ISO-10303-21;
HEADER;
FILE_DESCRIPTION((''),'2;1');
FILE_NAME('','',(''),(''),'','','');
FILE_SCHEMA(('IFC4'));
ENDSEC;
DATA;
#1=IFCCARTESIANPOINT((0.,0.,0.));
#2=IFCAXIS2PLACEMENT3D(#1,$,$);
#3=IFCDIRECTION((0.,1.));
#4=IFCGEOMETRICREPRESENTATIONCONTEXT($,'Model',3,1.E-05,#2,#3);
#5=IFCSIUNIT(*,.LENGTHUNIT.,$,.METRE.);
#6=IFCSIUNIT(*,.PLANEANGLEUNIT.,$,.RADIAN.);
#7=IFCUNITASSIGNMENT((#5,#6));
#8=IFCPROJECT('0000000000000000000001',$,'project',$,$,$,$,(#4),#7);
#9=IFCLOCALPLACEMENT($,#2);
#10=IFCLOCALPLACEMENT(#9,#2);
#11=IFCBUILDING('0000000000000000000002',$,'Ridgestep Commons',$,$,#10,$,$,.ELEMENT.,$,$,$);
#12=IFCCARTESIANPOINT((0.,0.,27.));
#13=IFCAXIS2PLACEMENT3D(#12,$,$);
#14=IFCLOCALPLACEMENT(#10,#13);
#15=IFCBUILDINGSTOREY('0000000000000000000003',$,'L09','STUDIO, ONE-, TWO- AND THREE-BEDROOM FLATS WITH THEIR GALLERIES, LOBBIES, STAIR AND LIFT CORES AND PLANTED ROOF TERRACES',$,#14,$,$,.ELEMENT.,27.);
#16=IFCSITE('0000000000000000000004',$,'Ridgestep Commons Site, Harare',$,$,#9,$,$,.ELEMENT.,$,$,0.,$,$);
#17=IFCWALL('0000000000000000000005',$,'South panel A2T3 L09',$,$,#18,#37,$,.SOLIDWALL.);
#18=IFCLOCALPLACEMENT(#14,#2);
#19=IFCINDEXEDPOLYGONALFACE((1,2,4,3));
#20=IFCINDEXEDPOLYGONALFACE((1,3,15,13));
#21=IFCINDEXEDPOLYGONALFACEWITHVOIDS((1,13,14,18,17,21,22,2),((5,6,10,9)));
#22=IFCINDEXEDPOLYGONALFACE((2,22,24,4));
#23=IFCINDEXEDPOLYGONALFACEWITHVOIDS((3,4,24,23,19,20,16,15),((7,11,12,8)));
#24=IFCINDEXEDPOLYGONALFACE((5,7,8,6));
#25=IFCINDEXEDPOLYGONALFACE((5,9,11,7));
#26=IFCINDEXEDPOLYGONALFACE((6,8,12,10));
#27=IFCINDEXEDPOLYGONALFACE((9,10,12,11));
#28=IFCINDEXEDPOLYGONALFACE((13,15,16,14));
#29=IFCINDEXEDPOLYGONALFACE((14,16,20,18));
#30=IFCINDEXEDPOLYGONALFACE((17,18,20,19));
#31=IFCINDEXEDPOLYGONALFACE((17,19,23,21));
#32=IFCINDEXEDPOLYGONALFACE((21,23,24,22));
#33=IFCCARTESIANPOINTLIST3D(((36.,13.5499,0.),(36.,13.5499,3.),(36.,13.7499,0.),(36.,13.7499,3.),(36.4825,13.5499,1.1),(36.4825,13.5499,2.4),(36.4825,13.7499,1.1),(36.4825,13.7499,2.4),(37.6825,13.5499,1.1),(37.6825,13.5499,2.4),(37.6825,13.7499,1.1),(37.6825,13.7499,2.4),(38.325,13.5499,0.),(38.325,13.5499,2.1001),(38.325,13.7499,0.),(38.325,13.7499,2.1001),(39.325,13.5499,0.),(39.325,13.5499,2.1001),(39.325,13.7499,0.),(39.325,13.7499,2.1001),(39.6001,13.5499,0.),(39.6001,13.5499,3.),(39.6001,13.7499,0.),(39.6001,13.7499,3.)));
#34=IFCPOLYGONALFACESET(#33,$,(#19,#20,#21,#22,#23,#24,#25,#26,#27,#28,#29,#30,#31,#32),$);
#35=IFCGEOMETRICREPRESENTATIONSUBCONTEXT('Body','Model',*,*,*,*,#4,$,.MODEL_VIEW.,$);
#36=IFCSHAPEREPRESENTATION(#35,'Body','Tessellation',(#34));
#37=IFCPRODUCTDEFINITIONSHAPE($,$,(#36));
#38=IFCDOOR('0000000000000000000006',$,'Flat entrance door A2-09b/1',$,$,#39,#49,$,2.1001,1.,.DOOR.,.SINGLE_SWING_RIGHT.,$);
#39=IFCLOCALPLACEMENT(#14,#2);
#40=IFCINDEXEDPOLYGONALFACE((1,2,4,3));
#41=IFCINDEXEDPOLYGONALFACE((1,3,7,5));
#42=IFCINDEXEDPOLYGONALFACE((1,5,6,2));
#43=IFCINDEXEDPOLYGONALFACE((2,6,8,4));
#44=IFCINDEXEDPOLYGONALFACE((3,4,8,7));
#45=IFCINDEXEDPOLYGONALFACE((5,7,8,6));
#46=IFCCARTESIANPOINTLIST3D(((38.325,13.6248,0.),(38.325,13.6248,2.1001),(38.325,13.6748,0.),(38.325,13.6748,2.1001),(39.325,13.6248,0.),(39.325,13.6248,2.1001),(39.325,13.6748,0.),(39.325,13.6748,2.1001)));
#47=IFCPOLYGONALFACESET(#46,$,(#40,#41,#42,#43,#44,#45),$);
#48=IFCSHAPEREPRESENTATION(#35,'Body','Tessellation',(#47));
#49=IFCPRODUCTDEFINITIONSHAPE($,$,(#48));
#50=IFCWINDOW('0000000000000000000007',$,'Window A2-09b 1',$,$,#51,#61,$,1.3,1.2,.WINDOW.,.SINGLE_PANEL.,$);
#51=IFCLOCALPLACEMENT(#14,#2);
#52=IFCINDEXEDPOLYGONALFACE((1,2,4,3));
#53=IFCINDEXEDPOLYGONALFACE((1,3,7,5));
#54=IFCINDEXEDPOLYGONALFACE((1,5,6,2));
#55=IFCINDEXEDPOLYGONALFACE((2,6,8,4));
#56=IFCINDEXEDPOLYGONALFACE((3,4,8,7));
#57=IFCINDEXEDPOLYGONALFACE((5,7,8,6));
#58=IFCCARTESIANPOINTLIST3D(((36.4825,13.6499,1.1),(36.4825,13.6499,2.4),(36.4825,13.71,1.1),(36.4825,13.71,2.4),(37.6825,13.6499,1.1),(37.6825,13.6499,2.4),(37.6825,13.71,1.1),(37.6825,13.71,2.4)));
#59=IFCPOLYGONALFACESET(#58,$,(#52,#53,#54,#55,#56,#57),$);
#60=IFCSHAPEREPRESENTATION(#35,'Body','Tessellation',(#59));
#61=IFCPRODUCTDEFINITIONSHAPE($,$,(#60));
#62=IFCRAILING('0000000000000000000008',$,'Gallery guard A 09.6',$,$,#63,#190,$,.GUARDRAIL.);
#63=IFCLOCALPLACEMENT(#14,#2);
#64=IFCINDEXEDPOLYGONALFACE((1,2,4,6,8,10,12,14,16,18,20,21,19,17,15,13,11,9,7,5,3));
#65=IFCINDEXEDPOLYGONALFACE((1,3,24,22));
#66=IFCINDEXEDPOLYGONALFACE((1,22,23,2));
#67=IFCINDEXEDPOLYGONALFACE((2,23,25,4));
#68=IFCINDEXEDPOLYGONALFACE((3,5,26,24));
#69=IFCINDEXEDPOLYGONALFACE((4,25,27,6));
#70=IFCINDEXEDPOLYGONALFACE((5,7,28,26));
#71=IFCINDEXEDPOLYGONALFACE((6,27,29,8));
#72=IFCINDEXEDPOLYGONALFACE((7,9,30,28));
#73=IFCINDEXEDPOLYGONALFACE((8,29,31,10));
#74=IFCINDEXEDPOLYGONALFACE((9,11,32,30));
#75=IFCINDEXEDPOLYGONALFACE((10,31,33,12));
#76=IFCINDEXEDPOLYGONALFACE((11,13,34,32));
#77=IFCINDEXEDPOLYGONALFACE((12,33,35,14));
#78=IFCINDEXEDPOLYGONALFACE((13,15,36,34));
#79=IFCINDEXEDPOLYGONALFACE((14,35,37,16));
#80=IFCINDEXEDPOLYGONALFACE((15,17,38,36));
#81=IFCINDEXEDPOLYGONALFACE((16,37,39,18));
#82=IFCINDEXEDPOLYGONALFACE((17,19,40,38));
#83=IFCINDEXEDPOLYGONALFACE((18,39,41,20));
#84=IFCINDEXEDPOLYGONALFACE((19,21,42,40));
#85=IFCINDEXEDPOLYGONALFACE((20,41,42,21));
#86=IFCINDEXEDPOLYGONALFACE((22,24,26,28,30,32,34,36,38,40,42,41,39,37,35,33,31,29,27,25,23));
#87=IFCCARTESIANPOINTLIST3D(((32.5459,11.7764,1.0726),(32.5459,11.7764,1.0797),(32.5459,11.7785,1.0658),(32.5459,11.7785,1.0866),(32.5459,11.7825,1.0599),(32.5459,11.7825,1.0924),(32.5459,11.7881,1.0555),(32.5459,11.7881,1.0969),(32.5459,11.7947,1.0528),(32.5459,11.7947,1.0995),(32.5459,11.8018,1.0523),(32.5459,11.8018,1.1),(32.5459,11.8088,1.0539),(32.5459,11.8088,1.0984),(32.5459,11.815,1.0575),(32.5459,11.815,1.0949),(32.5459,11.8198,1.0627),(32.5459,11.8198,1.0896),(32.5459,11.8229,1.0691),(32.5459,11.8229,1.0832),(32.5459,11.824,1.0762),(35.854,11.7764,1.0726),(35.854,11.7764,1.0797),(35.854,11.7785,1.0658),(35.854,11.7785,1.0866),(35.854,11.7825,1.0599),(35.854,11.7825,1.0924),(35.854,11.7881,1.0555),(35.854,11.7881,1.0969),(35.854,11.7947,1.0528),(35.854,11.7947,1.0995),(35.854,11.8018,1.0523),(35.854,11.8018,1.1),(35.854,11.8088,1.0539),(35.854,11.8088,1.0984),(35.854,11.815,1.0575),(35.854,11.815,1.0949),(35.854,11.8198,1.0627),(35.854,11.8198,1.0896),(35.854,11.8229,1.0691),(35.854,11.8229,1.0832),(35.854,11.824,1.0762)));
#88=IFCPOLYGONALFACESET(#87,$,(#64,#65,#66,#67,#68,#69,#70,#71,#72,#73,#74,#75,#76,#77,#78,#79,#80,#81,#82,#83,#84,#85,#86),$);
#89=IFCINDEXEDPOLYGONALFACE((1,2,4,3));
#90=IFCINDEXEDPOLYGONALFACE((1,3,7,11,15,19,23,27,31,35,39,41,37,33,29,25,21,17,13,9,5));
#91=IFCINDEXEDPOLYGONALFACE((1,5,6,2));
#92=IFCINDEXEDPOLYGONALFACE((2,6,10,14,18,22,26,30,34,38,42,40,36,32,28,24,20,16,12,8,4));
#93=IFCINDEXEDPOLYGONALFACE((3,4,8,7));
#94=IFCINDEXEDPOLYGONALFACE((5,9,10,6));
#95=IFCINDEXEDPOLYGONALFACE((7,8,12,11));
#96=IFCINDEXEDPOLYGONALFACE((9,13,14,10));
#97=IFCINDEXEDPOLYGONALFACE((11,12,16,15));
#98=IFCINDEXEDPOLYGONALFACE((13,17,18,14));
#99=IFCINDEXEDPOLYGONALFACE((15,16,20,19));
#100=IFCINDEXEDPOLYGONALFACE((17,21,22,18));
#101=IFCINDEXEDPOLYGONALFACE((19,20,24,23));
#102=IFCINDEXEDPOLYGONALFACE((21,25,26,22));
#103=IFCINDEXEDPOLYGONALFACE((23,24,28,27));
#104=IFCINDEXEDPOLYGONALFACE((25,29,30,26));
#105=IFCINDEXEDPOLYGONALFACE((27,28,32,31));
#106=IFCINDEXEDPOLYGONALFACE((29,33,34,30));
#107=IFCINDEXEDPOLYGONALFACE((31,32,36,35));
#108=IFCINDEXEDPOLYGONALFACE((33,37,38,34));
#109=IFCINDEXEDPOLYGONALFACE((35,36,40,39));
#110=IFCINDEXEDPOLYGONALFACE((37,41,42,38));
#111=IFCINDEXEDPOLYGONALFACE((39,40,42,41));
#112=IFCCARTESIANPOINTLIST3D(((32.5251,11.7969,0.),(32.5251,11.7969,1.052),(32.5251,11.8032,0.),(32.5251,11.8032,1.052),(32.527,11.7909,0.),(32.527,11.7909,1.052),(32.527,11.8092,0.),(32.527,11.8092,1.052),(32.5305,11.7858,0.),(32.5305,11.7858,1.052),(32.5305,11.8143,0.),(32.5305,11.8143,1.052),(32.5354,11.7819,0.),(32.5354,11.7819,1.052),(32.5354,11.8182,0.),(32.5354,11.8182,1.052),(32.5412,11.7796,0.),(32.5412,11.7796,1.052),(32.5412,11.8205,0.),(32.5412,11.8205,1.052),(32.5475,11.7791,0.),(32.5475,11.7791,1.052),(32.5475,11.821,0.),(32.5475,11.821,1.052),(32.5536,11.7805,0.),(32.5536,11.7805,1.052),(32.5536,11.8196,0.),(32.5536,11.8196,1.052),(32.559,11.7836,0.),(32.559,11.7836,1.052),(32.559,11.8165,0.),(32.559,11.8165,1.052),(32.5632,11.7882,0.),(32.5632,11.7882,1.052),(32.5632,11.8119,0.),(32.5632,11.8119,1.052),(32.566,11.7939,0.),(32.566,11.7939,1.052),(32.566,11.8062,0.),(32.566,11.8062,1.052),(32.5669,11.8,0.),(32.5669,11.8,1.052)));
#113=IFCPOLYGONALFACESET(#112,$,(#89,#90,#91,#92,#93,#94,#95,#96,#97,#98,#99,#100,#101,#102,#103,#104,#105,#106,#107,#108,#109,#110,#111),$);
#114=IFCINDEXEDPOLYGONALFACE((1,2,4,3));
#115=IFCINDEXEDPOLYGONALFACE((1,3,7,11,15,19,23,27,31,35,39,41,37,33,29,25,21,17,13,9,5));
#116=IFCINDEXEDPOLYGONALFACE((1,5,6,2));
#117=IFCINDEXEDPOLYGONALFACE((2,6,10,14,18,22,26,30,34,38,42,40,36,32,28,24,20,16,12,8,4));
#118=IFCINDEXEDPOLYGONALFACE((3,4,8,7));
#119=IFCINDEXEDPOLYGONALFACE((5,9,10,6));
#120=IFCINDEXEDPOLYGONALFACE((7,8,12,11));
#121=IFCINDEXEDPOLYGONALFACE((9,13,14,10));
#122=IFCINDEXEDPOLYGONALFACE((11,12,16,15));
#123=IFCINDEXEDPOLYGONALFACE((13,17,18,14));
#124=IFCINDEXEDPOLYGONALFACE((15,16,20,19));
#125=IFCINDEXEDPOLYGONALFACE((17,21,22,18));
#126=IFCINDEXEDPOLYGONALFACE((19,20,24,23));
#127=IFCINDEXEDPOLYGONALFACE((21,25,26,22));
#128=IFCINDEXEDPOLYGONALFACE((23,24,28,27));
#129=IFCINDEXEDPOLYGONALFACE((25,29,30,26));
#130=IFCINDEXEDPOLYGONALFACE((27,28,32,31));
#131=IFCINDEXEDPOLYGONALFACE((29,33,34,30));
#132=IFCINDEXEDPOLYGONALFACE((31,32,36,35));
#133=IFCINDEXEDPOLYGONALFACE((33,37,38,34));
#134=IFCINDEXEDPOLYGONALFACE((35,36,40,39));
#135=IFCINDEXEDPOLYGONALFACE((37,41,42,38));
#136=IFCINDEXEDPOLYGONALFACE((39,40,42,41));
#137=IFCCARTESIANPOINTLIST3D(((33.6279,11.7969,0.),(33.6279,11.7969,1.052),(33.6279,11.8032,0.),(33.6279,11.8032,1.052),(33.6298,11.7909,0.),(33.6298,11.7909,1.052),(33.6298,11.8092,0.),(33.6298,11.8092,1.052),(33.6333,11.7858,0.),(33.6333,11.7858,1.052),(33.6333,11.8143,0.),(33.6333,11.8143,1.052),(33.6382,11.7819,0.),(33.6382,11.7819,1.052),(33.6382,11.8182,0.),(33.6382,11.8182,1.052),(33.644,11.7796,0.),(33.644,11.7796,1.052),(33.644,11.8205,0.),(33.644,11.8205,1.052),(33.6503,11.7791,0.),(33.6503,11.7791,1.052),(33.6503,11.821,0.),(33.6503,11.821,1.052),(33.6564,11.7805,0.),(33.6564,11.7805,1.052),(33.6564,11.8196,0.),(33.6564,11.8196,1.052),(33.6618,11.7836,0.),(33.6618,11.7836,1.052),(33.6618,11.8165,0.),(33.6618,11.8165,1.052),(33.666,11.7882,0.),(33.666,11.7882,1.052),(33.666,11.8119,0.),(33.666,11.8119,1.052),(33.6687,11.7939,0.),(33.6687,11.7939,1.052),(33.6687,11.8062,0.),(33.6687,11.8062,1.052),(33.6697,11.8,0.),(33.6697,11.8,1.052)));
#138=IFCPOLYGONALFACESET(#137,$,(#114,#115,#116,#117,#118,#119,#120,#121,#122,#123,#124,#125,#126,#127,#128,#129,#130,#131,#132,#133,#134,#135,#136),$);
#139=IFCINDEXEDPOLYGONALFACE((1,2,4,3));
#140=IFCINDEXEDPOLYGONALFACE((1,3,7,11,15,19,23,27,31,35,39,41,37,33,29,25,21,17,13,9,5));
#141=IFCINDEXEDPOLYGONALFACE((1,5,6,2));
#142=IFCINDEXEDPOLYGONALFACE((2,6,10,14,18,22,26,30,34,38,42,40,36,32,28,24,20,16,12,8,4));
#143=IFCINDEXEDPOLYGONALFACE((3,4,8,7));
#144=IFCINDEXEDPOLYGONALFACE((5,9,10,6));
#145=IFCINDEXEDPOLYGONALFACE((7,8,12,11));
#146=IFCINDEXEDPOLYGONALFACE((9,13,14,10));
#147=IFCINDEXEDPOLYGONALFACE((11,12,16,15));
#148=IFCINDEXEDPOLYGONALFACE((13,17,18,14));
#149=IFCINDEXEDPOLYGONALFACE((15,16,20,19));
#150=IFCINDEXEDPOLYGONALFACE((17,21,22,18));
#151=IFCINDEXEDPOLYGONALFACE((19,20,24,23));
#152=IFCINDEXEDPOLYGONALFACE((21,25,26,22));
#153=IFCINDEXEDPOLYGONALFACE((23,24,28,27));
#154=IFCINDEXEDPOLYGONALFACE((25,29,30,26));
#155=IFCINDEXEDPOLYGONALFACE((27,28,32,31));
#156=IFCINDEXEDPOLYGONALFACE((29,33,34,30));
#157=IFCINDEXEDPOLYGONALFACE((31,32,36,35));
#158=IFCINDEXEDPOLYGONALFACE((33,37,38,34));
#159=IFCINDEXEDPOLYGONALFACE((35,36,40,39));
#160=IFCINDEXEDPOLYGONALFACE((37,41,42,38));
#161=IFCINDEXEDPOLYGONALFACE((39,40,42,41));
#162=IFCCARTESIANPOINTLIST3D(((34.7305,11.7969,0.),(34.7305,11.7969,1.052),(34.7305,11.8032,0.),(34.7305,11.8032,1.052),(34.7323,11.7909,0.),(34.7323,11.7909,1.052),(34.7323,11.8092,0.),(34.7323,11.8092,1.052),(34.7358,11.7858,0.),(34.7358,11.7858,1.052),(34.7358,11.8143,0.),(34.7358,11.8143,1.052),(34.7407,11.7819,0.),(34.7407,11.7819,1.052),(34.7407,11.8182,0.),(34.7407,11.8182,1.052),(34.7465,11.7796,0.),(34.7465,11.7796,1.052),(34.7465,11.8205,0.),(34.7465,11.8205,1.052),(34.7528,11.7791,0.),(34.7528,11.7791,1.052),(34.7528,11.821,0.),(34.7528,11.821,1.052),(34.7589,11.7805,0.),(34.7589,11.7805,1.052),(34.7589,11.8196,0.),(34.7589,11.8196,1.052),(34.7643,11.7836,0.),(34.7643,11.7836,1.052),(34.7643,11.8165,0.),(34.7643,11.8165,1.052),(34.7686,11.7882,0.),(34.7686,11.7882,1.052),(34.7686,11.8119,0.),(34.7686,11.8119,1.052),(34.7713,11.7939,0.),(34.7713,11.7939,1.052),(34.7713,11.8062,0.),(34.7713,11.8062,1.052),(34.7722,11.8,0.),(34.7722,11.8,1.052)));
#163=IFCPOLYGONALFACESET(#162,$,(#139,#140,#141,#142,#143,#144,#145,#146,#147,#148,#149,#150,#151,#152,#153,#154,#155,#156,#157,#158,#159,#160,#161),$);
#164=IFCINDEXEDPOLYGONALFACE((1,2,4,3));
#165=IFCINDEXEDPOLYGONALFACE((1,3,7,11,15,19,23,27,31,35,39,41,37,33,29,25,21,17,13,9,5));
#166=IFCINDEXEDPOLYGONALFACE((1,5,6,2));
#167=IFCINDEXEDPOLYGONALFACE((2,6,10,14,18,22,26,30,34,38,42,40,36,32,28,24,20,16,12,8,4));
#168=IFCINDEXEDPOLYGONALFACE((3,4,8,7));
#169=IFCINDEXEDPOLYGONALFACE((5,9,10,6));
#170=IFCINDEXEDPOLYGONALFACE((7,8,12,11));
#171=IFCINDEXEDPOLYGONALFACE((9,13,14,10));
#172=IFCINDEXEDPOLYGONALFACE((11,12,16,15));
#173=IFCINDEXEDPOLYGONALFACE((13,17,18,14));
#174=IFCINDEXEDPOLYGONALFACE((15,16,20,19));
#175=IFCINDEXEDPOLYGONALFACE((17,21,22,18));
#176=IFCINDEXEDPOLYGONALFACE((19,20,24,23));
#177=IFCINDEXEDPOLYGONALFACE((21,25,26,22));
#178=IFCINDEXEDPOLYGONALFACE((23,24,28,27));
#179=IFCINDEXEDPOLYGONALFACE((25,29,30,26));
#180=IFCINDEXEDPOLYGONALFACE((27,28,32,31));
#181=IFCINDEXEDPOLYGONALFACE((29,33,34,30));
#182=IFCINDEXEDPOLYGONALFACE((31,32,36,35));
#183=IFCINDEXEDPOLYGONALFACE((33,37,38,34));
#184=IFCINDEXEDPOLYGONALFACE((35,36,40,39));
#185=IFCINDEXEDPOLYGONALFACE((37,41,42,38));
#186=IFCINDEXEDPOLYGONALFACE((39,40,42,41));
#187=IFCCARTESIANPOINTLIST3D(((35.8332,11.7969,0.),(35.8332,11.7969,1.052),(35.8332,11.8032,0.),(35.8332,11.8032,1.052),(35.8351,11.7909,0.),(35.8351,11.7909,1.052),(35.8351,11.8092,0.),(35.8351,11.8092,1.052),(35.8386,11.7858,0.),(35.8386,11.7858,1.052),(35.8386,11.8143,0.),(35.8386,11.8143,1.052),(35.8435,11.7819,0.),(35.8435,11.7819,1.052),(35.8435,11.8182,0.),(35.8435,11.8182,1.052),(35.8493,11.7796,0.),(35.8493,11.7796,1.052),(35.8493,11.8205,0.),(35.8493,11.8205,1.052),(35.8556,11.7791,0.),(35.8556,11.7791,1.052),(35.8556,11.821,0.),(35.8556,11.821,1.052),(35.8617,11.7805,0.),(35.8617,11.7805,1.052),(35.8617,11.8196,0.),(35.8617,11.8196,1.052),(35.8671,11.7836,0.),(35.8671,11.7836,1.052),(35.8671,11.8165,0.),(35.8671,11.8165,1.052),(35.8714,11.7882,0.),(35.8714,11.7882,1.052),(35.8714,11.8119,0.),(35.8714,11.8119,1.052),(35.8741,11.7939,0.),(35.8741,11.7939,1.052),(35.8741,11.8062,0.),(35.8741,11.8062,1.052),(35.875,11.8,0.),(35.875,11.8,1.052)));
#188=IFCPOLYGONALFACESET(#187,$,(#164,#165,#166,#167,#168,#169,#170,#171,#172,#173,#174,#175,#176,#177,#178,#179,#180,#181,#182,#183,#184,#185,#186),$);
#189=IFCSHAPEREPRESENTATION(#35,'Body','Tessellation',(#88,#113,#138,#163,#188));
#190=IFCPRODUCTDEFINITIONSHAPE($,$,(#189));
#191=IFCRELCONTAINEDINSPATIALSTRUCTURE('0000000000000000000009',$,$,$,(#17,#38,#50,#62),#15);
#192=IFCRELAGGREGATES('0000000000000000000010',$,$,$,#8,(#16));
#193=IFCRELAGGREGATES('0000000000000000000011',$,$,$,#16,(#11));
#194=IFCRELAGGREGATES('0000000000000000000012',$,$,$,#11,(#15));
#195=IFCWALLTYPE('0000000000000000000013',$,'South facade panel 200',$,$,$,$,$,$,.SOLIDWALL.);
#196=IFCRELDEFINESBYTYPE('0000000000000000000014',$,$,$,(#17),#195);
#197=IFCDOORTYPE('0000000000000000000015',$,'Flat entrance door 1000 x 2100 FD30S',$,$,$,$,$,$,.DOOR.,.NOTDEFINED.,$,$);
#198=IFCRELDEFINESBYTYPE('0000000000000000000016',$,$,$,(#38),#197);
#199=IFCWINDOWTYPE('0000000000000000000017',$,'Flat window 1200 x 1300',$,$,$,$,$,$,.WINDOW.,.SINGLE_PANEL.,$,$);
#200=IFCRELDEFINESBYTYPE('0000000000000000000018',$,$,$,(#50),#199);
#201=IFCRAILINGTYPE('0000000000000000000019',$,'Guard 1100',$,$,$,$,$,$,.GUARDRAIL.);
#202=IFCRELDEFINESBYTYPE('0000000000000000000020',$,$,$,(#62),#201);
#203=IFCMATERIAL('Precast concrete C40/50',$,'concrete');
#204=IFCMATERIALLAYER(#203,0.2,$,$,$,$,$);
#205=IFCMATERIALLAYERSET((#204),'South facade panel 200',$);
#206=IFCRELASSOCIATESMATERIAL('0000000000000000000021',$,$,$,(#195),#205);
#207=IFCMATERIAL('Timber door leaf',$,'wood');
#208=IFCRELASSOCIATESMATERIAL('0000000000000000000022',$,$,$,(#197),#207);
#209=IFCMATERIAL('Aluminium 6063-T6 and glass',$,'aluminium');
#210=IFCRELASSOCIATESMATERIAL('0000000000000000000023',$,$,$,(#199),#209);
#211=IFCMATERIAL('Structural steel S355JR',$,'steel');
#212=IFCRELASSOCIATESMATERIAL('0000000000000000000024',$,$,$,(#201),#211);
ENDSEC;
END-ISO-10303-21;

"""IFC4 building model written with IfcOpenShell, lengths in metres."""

from ifc_helpers import new_model, si_unit, direction, frame, frame_2d, origin, origin_2d, place, context, subcontext, project, spatial, rectangle, circle, extrude, material, layer, layer_set, type_object, element, fill, save


model = new_model("IFC4")

# Units and contexts
model_context = context("Model", 3, precision=1e-05, world=origin(), true_north=direction((0.0, 1.0)))
body_context = subcontext(model_context, "Body", "Model", "MODEL_VIEW")
ifc_project = project(units=[si_unit("LENGTHUNIT", "METRE"), si_unit("PLANEANGLEUNIT", "RADIAN")], contexts=[model_context])

# Site, building, storey
site_placement = place(None, origin())
site = spatial("IfcSite", under=ifc_project, at=site_placement, Name="Ridgestep Commons Site, Harare", CompositionType="ELEMENT", RefElevation=0.0)
building_placement = place(site_placement, origin())
building = spatial("IfcBuilding", under=site, at=building_placement, Name="Ridgestep Commons", CompositionType="ELEMENT")
storey_placement = place(building_placement, frame((0.0, 0.0, 27.0)))
storey = spatial("IfcBuildingStorey", under=building, at=storey_placement, Name="L09", Description="STUDIO, ONE-, TWO- AND THREE-BEDROOM FLATS WITH THEIR GALLERIES, LOBBIES, STAIR AND LIFT CORES AND PLANTED ROOF TERRACES", CompositionType="ELEMENT", Elevation=27.0)

# Wall, openings, door, window
ifc_material_1 = material(Name="Precast concrete C40/50", Category="concrete")
ifc_layer_1 = layer(ifc_material_1, 0.2)
ifc_layer_set_1 = layer_set([ifc_layer_1], Name="South facade panel 200")
wall_type_1 = type_object("IfcWallType", Name="South facade panel 200", PredefinedType="SOLIDWALL", material=ifc_layer_set_1)
wall_1_placement = place(storey_placement, frame((36.0, 13.6499, 0.0), z_axis=(0.0, 0.0, 1.0), x_axis=(1.0, 0.0, 0.0)))
wall_1 = element("IfcWall", 1, at=wall_1_placement, inside=storey, type_object=wall_type_1, Name="South panel A2T3 L09", PredefinedType="SOLIDWALL", context=body_context, shape_type="SweptSolid", body=[
    extrude(rectangle(XDim=3.6001, YDim=0.2, at=frame_2d((1.8, 0.0))), origin(), (0.0, 0.0, 1.0), 3.0),
])
opening_1_placement = place(wall_1_placement, frame((0.4824, 0.0, 1.1001)))
opening_1 = element("IfcOpeningElement", 2, at=opening_1_placement, cuts=wall_1, PredefinedType="OPENING", context=body_context, shape_type="SweptSolid", body=[
    extrude(rectangle(XDim=1.2, YDim=1.3, at=frame_2d((0.6001, 0.6499))), frame((0.0, 0.1099, 0.0), z_axis=(0.0, -1.0, 0.0), x_axis=(1.0, 0.0, 0.0)), (0.0, 0.0, 1.0), 0.22),
])
opening_2_placement = place(wall_1_placement, frame((2.325, 0.0, 0.0)))
opening_2 = element("IfcOpeningElement", 3, at=opening_2_placement, cuts=wall_1, PredefinedType="OPENING", context=body_context, shape_type="SweptSolid", body=[
    extrude(rectangle(XDim=1.0, YDim=2.1001, at=frame_2d((0.5, 1.05))), frame((0.0, 0.1099, 0.0), z_axis=(0.0, -1.0, 0.0), x_axis=(1.0, 0.0, 0.0)), (0.0, 0.0, 1.0), 0.22),
])
ifc_material_2 = material(Name="Timber door leaf", Category="wood")
door_type_1 = type_object("IfcDoorType", Name="Flat entrance door 1000 x 2100 FD30S", OperationType="NOTDEFINED", PredefinedType="DOOR", material=ifc_material_2)
door_1_placement = place(opening_2_placement, origin())
door_1 = element("IfcDoor", 4, at=door_1_placement, inside=storey, type_object=door_type_1, Name="Flat entrance door A2-09b/1", OperationType="SINGLE_SWING_RIGHT", OverallHeight=2.1001, OverallWidth=1.0, PredefinedType="DOOR", context=body_context, shape_type="SweptSolid", body=[
    extrude(rectangle(XDim=1.0, YDim=2.1001, at=frame_2d((0.5, 1.05))), frame((0.0, 0.0249, 0.0), z_axis=(0.0, -1.0, 0.0), x_axis=(1.0, 0.0, 0.0)), (0.0, 0.0, 1.0), 0.05),
])
fill(opening_2, door_1)
ifc_material_3 = material(Name="Aluminium 6063-T6 and glass", Category="aluminium")
window_type = type_object("IfcWindowType", Name="Flat window 1200 x 1300", PartitioningType="SINGLE_PANEL", PredefinedType="WINDOW", material=ifc_material_3)
window_placement = place(opening_1_placement, origin())
window = element("IfcWindow", 5, at=window_placement, inside=storey, type_object=window_type, Name="Window A2-09b 1", OverallHeight=1.3, OverallWidth=1.2, PartitioningType="SINGLE_PANEL", PredefinedType="WINDOW", context=body_context, shape_type="SweptSolid", body=[
    extrude(rectangle(XDim=1.2, YDim=1.3, at=frame_2d((0.6001, 0.6499))), frame((0.0, 0.0601, 0.0), z_axis=(0.0, -1.0, 0.0), x_axis=(1.0, 0.0, 0.0)), (0.0, 0.0, 1.0), 0.0601),
])
fill(opening_1, window)

# Railing
ifc_material_4 = material(Name="Structural steel S355JR", Category="steel")
railing_type = type_object("IfcRailingType", Name="Guard 1100", PredefinedType="GUARDRAIL", material=ifc_material_4)
railing_placement = place(storey_placement, frame((32.5459, 11.8, 0.0)))
element("IfcRailing", 6, at=railing_placement, inside=storey, type_object=railing_type, Name="Gallery guard A 09.6", PredefinedType="GUARDRAIL", context=body_context, shape_type="SweptSolid", body=[
    extrude(circle(Radius=0.0239, at=origin_2d()), frame((0.0, 0.0, 1.0762), z_axis=(1.0, 0.0, 0.0), x_axis=(0.0, 1.0, 0.0)), (0.0, 0.0, 1.0), 3.3081),
    extrude(circle(Radius=0.021, at=origin_2d()), origin(), (0.0, 0.0, 1.0), 1.052),
    extrude(circle(Radius=0.021, at=origin_2d()), frame((1.1028, 0.0, 0.0)), (0.0, 0.0, 1.0), 1.052),
    extrude(circle(Radius=0.021, at=origin_2d()), frame((2.2053, 0.0, 0.0)), (0.0, 0.0, 1.0), 1.052),
    extrude(circle(Radius=0.021, at=origin_2d()), frame((3.3081, 0.0, 0.0)), (0.0, 0.0, 1.0), 1.052),
])

save(model, "model.ifc")
